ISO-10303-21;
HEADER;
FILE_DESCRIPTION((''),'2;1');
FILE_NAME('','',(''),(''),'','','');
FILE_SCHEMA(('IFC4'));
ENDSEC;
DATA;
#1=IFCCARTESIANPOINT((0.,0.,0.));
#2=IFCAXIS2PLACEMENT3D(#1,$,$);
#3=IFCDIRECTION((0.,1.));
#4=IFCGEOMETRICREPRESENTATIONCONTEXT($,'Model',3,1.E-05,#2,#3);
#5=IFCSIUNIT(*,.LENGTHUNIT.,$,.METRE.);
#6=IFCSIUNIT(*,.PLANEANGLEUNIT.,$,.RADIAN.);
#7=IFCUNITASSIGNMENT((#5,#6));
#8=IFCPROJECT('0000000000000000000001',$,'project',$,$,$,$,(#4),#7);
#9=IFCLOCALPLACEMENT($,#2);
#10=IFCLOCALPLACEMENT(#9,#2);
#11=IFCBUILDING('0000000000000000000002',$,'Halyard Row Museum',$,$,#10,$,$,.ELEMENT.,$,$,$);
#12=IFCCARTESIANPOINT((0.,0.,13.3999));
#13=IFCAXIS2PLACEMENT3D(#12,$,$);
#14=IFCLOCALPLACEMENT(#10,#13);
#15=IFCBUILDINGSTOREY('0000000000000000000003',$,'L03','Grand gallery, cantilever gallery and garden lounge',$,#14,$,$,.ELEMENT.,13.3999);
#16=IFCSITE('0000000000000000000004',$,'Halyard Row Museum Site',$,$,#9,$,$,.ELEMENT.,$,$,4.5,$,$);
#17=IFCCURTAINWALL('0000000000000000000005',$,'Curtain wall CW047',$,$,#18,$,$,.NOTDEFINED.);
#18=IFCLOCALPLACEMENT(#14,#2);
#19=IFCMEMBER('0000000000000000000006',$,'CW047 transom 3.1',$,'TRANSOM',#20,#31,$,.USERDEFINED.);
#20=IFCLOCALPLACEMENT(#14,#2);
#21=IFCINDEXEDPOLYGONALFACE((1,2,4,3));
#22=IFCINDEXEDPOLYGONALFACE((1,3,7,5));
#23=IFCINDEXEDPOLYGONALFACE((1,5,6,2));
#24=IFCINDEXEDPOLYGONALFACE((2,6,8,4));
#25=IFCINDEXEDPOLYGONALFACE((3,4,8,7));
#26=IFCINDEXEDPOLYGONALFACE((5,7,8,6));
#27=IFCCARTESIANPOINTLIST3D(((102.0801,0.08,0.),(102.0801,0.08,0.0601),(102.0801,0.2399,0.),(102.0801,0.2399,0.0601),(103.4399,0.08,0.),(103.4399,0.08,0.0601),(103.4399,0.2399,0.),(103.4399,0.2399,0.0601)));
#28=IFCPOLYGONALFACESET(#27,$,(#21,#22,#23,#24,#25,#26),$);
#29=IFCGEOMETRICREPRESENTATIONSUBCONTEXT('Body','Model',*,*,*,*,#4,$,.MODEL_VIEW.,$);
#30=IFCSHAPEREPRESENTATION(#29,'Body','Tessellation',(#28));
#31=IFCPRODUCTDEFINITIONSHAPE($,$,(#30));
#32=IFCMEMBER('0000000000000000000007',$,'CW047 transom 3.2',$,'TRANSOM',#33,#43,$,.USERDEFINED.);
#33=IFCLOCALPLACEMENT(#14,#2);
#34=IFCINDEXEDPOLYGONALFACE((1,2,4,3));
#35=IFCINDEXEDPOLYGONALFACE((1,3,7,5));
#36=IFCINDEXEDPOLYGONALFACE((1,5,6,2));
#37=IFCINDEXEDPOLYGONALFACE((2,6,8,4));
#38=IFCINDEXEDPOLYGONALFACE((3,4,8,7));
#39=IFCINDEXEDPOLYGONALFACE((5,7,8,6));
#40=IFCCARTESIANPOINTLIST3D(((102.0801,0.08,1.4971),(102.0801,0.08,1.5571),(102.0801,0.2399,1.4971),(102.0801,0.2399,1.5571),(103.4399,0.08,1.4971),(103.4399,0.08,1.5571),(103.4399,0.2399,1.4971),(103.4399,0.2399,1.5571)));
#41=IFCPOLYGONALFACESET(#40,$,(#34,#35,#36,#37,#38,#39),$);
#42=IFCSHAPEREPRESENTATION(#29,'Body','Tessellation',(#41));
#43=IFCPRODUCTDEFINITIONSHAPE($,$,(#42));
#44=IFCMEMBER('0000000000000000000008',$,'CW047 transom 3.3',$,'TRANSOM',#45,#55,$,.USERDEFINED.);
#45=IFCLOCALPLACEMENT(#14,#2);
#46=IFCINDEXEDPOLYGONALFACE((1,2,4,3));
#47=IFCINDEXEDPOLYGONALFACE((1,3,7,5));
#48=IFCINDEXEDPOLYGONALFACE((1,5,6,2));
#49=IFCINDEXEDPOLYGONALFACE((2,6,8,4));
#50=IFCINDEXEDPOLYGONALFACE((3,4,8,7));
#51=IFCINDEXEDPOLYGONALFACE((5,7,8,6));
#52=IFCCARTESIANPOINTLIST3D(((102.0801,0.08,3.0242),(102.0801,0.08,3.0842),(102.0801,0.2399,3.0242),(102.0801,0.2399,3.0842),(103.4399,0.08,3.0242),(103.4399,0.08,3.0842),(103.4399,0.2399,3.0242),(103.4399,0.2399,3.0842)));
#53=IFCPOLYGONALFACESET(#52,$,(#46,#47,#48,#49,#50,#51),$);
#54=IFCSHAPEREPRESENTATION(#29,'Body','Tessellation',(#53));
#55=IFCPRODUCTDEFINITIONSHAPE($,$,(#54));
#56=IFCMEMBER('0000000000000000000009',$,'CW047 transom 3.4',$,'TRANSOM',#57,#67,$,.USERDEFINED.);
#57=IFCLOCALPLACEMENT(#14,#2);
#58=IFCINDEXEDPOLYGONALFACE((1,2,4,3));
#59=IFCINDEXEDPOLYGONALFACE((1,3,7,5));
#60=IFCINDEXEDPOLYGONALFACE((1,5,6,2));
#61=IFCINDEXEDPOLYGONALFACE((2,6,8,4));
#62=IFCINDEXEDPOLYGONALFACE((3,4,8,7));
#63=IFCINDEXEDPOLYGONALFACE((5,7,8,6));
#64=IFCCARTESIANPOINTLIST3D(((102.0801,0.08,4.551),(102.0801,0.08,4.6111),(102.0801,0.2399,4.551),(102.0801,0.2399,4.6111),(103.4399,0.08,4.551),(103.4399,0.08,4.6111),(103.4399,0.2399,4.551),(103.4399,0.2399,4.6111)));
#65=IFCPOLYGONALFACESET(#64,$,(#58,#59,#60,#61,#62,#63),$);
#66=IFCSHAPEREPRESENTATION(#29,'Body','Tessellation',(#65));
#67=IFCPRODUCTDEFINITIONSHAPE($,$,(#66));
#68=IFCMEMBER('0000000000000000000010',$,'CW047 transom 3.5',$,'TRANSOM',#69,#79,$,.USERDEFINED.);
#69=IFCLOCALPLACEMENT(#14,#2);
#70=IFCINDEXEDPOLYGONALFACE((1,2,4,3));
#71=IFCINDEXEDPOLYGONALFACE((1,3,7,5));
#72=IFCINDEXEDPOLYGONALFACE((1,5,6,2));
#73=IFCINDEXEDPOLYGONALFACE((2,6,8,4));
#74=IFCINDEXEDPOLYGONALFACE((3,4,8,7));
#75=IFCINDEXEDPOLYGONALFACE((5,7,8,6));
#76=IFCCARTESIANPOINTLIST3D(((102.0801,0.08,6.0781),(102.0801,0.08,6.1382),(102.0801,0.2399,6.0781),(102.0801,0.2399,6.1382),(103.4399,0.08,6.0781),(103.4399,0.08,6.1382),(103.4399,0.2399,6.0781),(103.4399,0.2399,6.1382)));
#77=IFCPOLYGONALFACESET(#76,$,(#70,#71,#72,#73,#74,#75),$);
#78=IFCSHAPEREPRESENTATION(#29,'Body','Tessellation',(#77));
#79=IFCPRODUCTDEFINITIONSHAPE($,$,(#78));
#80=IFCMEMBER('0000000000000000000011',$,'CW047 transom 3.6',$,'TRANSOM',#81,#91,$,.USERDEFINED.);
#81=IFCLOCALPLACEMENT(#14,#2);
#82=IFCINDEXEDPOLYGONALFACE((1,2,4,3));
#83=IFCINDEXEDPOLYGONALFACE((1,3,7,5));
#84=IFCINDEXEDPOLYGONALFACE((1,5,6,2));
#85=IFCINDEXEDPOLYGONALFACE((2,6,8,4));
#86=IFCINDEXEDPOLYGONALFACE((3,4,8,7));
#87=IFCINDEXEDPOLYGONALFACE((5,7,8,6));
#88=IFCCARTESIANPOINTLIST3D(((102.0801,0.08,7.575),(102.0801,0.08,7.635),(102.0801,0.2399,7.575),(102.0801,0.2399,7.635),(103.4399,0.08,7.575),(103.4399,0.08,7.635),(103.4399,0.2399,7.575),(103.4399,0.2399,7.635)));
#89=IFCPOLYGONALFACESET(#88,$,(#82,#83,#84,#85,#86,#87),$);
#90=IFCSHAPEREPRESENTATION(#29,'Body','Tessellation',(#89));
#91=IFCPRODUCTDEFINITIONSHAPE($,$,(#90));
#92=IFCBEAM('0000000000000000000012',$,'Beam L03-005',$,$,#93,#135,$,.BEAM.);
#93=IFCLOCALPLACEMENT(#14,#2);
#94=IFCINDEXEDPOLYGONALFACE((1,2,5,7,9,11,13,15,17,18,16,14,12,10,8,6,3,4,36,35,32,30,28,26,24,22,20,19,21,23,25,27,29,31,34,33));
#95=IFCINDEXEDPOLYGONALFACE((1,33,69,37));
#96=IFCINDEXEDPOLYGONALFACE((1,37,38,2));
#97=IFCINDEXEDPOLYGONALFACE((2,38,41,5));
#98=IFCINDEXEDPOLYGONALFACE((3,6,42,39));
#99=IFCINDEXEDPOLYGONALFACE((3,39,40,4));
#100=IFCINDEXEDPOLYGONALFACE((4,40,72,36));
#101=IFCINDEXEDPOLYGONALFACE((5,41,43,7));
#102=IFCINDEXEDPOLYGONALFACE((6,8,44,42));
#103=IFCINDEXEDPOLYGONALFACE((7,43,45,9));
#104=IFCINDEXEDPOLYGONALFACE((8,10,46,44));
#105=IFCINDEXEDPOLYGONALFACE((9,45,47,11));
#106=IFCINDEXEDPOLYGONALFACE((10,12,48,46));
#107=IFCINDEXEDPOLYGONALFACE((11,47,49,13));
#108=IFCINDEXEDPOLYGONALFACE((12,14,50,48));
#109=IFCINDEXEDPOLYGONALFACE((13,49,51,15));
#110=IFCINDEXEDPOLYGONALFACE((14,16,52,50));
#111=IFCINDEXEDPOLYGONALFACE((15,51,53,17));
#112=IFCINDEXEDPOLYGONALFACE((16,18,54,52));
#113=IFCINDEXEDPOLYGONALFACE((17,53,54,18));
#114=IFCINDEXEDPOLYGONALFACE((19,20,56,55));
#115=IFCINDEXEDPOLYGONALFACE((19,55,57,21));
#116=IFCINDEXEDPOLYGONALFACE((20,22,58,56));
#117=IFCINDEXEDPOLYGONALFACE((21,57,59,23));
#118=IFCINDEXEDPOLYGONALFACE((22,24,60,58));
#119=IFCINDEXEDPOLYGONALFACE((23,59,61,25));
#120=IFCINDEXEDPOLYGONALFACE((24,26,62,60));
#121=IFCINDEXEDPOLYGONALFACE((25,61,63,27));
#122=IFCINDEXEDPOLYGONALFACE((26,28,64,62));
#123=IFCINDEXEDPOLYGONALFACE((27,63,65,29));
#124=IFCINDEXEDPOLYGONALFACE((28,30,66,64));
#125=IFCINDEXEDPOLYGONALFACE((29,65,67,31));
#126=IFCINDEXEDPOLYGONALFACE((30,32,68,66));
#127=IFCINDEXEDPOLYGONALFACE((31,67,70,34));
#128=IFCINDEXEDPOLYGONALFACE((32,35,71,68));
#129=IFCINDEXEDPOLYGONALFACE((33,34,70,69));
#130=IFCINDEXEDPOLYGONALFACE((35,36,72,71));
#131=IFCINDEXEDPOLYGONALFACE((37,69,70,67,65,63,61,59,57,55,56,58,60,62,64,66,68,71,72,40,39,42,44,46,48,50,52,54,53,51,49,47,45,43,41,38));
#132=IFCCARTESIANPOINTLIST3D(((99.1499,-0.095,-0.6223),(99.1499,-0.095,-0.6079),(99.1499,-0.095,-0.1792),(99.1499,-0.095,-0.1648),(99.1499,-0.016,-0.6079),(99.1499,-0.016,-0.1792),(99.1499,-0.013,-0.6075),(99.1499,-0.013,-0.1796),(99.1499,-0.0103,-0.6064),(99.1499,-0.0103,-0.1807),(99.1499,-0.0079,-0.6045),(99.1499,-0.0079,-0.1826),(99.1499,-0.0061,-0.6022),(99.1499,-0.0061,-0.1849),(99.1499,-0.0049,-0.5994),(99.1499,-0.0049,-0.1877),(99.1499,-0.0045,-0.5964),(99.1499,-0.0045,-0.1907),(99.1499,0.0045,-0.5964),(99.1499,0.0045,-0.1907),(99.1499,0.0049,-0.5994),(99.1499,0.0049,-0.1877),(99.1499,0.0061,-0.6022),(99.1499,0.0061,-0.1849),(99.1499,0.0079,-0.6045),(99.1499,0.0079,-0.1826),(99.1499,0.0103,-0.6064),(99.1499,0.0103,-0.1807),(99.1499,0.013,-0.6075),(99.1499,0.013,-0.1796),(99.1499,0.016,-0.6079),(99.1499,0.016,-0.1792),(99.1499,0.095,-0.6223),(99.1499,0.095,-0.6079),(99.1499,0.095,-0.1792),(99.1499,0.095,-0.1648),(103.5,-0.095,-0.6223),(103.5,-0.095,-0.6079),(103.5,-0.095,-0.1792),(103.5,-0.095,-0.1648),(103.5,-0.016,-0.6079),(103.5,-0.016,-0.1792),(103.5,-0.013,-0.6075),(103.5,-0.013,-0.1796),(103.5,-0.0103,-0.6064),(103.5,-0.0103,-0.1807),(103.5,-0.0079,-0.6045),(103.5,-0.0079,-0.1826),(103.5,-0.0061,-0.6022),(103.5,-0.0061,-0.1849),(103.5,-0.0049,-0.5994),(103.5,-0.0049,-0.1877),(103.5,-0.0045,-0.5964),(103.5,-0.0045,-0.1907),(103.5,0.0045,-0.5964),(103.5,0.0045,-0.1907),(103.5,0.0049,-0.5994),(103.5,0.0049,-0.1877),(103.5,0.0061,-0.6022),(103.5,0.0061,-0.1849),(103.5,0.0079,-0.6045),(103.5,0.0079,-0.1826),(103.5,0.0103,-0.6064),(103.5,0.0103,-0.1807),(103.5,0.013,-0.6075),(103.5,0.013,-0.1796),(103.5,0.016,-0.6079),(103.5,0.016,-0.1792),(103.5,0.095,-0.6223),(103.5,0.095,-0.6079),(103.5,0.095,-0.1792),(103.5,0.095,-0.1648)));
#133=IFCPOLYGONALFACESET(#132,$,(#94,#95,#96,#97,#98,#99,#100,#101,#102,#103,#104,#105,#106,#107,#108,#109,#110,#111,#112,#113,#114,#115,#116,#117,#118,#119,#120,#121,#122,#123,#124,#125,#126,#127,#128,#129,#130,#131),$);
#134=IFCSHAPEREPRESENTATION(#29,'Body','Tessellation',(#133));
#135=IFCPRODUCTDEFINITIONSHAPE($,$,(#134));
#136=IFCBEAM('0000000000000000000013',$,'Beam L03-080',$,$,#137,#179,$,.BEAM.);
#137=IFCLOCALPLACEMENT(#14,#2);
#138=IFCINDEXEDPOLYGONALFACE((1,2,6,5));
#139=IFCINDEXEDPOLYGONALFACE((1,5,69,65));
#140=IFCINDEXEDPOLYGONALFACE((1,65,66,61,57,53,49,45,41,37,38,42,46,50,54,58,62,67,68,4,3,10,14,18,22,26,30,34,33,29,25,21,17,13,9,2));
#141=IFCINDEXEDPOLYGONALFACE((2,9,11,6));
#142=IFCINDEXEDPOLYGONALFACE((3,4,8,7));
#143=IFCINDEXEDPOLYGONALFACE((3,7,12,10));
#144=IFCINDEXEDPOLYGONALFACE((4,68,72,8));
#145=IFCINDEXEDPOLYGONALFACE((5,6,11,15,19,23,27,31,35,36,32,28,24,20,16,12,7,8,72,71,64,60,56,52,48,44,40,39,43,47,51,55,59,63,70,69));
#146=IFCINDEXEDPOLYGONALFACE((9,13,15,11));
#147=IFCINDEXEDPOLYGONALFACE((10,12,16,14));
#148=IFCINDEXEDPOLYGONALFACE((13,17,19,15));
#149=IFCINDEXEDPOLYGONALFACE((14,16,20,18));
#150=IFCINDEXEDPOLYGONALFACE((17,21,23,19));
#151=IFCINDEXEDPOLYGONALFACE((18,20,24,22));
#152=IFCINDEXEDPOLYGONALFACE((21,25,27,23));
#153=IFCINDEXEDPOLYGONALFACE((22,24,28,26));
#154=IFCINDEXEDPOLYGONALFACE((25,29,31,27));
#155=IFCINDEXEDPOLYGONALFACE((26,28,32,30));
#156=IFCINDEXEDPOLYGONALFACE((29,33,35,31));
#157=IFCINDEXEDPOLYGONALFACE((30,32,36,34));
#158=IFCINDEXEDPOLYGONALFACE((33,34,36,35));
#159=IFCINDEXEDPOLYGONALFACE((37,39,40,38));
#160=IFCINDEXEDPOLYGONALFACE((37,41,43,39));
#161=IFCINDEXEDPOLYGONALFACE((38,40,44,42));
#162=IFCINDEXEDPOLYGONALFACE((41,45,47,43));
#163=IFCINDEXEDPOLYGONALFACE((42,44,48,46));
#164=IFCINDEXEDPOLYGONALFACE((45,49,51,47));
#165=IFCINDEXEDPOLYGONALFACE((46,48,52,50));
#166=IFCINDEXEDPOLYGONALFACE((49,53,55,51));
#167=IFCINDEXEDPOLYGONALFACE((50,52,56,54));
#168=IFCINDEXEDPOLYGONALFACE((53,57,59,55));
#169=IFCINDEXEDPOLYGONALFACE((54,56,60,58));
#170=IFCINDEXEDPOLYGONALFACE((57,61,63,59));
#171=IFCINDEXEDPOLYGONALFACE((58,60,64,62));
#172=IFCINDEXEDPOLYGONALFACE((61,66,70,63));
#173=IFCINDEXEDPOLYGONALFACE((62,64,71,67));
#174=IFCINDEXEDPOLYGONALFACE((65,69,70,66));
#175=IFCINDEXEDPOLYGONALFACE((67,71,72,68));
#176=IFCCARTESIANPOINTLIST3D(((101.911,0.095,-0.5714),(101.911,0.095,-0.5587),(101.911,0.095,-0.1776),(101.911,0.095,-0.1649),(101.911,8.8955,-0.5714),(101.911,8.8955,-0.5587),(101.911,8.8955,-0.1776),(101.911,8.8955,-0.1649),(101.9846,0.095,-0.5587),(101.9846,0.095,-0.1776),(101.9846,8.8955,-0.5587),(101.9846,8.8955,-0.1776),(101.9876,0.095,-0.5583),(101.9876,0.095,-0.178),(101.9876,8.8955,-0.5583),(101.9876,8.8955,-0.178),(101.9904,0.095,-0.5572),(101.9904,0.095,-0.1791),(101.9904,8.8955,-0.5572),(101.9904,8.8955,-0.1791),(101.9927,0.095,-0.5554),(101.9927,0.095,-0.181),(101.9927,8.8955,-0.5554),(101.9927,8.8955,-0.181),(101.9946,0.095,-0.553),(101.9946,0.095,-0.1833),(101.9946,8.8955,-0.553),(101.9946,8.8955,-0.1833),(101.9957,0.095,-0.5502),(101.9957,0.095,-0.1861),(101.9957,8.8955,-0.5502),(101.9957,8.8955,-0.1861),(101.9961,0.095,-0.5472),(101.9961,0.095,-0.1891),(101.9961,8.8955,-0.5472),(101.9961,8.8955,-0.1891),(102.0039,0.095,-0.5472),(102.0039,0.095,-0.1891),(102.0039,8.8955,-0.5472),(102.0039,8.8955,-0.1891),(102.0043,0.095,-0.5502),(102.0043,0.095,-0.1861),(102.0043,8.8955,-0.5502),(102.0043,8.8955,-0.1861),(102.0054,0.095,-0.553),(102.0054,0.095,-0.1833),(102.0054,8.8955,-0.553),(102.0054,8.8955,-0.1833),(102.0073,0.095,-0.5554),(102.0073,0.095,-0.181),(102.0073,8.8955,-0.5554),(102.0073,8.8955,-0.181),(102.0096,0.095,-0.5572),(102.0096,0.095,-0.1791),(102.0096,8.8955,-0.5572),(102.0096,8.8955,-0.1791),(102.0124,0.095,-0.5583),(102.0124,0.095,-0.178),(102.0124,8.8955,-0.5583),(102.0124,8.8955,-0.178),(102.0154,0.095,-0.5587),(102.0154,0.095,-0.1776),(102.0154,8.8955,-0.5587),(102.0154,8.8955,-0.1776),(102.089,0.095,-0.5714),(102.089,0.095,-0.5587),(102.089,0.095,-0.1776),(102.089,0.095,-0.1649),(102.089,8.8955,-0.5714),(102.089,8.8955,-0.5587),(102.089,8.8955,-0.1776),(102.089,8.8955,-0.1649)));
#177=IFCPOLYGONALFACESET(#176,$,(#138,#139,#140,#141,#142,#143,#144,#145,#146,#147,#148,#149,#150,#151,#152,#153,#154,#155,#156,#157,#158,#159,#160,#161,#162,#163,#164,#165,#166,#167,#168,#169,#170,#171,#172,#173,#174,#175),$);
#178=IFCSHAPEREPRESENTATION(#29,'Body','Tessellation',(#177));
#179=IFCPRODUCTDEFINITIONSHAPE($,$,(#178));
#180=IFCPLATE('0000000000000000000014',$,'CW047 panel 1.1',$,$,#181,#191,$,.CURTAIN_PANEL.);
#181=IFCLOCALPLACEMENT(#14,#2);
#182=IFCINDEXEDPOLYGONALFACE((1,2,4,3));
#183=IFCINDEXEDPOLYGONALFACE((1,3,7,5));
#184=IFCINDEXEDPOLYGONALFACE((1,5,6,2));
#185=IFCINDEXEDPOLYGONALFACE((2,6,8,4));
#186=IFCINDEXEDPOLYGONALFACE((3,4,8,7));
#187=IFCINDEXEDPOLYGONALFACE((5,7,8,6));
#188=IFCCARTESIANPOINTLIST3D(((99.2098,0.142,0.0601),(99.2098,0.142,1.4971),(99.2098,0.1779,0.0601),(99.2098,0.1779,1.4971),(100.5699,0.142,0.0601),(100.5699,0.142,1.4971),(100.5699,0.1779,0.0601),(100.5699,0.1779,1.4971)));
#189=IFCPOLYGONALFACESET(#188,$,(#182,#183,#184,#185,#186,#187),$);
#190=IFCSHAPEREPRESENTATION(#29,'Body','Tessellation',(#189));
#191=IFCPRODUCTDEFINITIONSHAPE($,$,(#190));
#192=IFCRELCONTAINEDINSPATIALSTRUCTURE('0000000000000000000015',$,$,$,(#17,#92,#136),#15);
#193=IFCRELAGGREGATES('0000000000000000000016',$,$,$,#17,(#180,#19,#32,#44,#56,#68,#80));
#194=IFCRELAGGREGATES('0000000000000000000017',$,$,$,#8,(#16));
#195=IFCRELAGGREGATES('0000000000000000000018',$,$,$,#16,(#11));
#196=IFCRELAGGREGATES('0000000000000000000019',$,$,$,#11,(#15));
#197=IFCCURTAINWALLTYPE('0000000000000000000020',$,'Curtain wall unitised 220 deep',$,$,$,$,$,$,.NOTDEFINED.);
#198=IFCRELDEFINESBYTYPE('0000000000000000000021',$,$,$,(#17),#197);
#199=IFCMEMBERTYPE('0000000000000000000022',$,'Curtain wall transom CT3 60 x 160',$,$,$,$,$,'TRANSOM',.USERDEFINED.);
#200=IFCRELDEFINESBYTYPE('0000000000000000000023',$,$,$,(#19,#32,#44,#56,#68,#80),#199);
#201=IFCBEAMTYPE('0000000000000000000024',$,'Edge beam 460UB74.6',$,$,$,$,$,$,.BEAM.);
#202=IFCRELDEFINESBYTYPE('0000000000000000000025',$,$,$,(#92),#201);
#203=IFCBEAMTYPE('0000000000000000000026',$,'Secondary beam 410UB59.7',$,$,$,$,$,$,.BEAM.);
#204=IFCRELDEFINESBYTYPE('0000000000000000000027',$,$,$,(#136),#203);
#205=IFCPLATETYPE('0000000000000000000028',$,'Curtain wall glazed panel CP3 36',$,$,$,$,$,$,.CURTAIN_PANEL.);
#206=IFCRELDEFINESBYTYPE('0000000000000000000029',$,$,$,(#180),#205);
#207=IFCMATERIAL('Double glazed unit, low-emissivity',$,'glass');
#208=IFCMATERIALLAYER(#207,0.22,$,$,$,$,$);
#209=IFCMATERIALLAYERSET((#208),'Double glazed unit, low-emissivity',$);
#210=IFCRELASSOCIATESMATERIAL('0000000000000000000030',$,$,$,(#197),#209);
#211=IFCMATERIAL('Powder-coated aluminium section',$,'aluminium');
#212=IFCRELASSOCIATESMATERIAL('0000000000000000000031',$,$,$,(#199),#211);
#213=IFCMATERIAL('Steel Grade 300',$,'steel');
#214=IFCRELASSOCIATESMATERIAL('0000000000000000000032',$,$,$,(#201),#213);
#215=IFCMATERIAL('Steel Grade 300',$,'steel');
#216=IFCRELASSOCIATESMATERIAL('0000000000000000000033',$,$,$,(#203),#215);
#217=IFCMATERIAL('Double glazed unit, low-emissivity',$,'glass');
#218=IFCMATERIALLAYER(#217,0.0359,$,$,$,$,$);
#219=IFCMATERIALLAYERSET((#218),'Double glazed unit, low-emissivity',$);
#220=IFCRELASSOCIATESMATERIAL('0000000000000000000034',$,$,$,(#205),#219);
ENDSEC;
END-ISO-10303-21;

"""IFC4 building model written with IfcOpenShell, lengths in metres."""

from ifc_helpers import new_model, si_unit, direction, frame, origin, origin_2d, place, context, subcontext, project, spatial, rectangle, i_section, extrude, material, layer, layer_set, material_profile, profile_set, type_object, element, aggregate, save


model = new_model("IFC4")

# Units and contexts
model_context = context("Model", 3, precision=1e-05, world=origin(), true_north=direction((0.0, 1.0)))
body_context = subcontext(model_context, "Body", "Model", "MODEL_VIEW")
ifc_project = project(units=[si_unit("LENGTHUNIT", "METRE"), si_unit("PLANEANGLEUNIT", "RADIAN")], contexts=[model_context])

# Site, building, storey
site_placement = place(None, origin())
site = spatial("IfcSite", under=ifc_project, at=site_placement, Name="Halyard Row Museum Site", CompositionType="ELEMENT", RefElevation=4.5)
building_placement = place(site_placement, origin())
building = spatial("IfcBuilding", under=site, at=building_placement, Name="Halyard Row Museum", CompositionType="ELEMENT")
storey_placement = place(building_placement, frame((0.0, 0.0, 13.3999)))
storey = spatial("IfcBuildingStorey", under=building, at=storey_placement, Name="L03", Description="Grand gallery, cantilever gallery and garden lounge", CompositionType="ELEMENT", Elevation=13.3999)

# Curtain wall, members
ifc_material_1 = material(Name="Double glazed unit, low-emissivity", Category="glass")
ifc_layer_1 = layer(ifc_material_1, 0.22)
ifc_layer_set_1 = layer_set([ifc_layer_1], Name="Double glazed unit, low-emissivity")
curtain_wall_type = type_object("IfcCurtainWallType", Name="Curtain wall unitised 220 deep", PredefinedType="NOTDEFINED", material=ifc_layer_set_1)
curtain_wall_placement = place(storey_placement, origin())
curtain_wall = element("IfcCurtainWall", 1, at=curtain_wall_placement, inside=storey, type_object=curtain_wall_type, Name="Curtain wall CW047", PredefinedType="NOTDEFINED")
ifc_material_2 = material(Name="Powder-coated aluminium section", Category="aluminium")
ifc_material_profile_1 = material_profile(ifc_material_2, rectangle(XDim=0.1599, YDim=0.0601, at=origin_2d()), Name="160x60 transom")
ifc_profile_set_1 = profile_set([ifc_material_profile_1], Name="Powder-coated aluminium section")
member_type_1 = type_object("IfcMemberType", Name="Curtain wall transom CT3 60 x 160", ElementType="TRANSOM", PredefinedType="USERDEFINED", material=ifc_profile_set_1)
member_1_placement = place(storey_placement, frame((102.0801, 0.1599, 0.03), z_axis=(1.0, 0.0, 0.0), x_axis=(0.0, 1.0, 0.0)))
member_1 = element("IfcMember", 2, at=member_1_placement, type_object=member_type_1, Name="CW047 transom 3.1", ObjectType="TRANSOM", PredefinedType="USERDEFINED", context=body_context, shape_type="SweptSolid", body=[
    extrude(rectangle(XDim=0.1599, YDim=0.0601, at=origin_2d()), origin(), (0.0, 0.0, 1.0), 1.3599),
])
member_2_placement = place(storey_placement, frame((102.0801, 0.1599, 1.5271), z_axis=(1.0, 0.0, 0.0), x_axis=(0.0, 1.0, 0.0)))
member_2 = element("IfcMember", 3, at=member_2_placement, type_object=member_type_1, Name="CW047 transom 3.2", ObjectType="TRANSOM", PredefinedType="USERDEFINED", context=body_context, shape_type="SweptSolid", body=[
    extrude(rectangle(XDim=0.1599, YDim=0.0601, at=origin_2d()), origin(), (0.0, 0.0, 1.0), 1.3599),
])
member_3_placement = place(storey_placement, frame((102.0801, 0.1599, 3.0542), z_axis=(1.0, 0.0, 0.0), x_axis=(0.0, 1.0, 0.0)))
member_3 = element("IfcMember", 4, at=member_3_placement, type_object=member_type_1, Name="CW047 transom 3.3", ObjectType="TRANSOM", PredefinedType="USERDEFINED", context=body_context, shape_type="SweptSolid", body=[
    extrude(rectangle(XDim=0.1599, YDim=0.0601, at=origin_2d()), origin(), (0.0, 0.0, 1.0), 1.3599),
])
member_4_placement = place(storey_placement, frame((102.0801, 0.1599, 4.5811), z_axis=(1.0, 0.0, 0.0), x_axis=(0.0, 1.0, 0.0)))
member_4 = element("IfcMember", 5, at=member_4_placement, type_object=member_type_1, Name="CW047 transom 3.4", ObjectType="TRANSOM", PredefinedType="USERDEFINED", context=body_context, shape_type="SweptSolid", body=[
    extrude(rectangle(XDim=0.1599, YDim=0.0601, at=origin_2d()), origin(), (0.0, 0.0, 1.0), 1.3599),
])
member_5_placement = place(storey_placement, frame((102.0801, 0.1599, 6.1082), z_axis=(1.0, 0.0, 0.0), x_axis=(0.0, 1.0, 0.0)))
member_5 = element("IfcMember", 6, at=member_5_placement, type_object=member_type_1, Name="CW047 transom 3.5", ObjectType="TRANSOM", PredefinedType="USERDEFINED", context=body_context, shape_type="SweptSolid", body=[
    extrude(rectangle(XDim=0.1599, YDim=0.0601, at=origin_2d()), origin(), (0.0, 0.0, 1.0), 1.3599),
])
member_6_placement = place(storey_placement, frame((102.0801, 0.1599, 7.605), z_axis=(1.0, 0.0, 0.0), x_axis=(0.0, 1.0, 0.0)))
member_6 = element("IfcMember", 7, at=member_6_placement, type_object=member_type_1, Name="CW047 transom 3.6", ObjectType="TRANSOM", PredefinedType="USERDEFINED", context=body_context, shape_type="SweptSolid", body=[
    extrude(rectangle(XDim=0.1599, YDim=0.0601, at=origin_2d()), origin(), (0.0, 0.0, 1.0), 1.3599),
])

# Beams
ifc_material_3 = material(Name="Steel Grade 300", Category="steel")
ifc_material_profile_2 = material_profile(ifc_material_3, i_section(OverallWidth=0.1899, OverallDepth=0.4575, WebThickness=0.009, FlangeThickness=0.0144, FilletRadius=0.0115, at=origin_2d()), Name="460UB74.6")
ifc_profile_set_2 = profile_set([ifc_material_profile_2], Name="Steel Grade 300")
beam_type_1 = type_object("IfcBeamType", Name="Edge beam 460UB74.6", PredefinedType="BEAM", material=ifc_profile_set_2)
beam_1_placement = place(storey_placement, frame((99.1499, 0.0, -0.3936), z_axis=(1.0, 0.0, 0.0), x_axis=(0.0, 1.0, 0.0)))
element("IfcBeam", 8, at=beam_1_placement, inside=storey, type_object=beam_type_1, Name="Beam L03-005", PredefinedType="BEAM", context=body_context, shape_type="SweptSolid", body=[
    extrude(i_section(OverallWidth=0.1899, OverallDepth=0.4575, WebThickness=0.009, FlangeThickness=0.0144, FilletRadius=0.0115, at=origin_2d()), origin(), (0.0, 0.0, 1.0), 4.3501),
])
ifc_material_4 = material(Name="Steel Grade 300", Category="steel")
ifc_material_profile_3 = material_profile(ifc_material_4, i_section(OverallWidth=0.178, OverallDepth=0.4065, WebThickness=0.0078, FlangeThickness=0.0127, FilletRadius=0.0115, at=origin_2d()), Name="410UB59.7")
ifc_profile_set_3 = profile_set([ifc_material_profile_3], Name="Steel Grade 300")
beam_type_2 = type_object("IfcBeamType", Name="Secondary beam 410UB59.7", PredefinedType="BEAM", material=ifc_profile_set_3)
beam_2_placement = place(storey_placement, frame((102.0, 0.095, -0.3682), z_axis=(0.0, 1.0, 0.0), x_axis=(-1.0, 0.0, 0.0)))
element("IfcBeam", 9, at=beam_2_placement, inside=storey, type_object=beam_type_2, Name="Beam L03-080", PredefinedType="BEAM", context=body_context, shape_type="SweptSolid", body=[
    extrude(i_section(OverallWidth=0.178, OverallDepth=0.4065, WebThickness=0.0078, FlangeThickness=0.0127, FilletRadius=0.0115, at=origin_2d()), origin(), (0.0, 0.0, 1.0), 8.8005),
])

# Plate
ifc_material_5 = material(Name="Double glazed unit, low-emissivity", Category="glass")
ifc_layer_2 = layer(ifc_material_5, 0.0359)
ifc_layer_set_2 = layer_set([ifc_layer_2], Name="Double glazed unit, low-emissivity")
plate_type = type_object("IfcPlateType", Name="Curtain wall glazed panel CP3 36", PredefinedType="CURTAIN_PANEL", material=ifc_layer_set_2)
plate_1_placement = place(storey_placement, frame((99.8899, 0.1599, 0.0601), z_axis=(0.0, 0.0, 1.0), x_axis=(1.0, 0.0, 0.0)))
plate_1 = element("IfcPlate", 10, at=plate_1_placement, type_object=plate_type, Name="CW047 panel 1.1", PredefinedType="CURTAIN_PANEL", context=body_context, shape_type="SweptSolid", body=[
    extrude(rectangle(XDim=1.3601, YDim=0.0359, at=origin_2d()), origin(), (0.0, 0.0, 1.0), 1.437),
])
aggregate(curtain_wall, [plate_1, member_1, member_2, member_3, member_4, member_5, member_6])

save(model, "model.ifc")
